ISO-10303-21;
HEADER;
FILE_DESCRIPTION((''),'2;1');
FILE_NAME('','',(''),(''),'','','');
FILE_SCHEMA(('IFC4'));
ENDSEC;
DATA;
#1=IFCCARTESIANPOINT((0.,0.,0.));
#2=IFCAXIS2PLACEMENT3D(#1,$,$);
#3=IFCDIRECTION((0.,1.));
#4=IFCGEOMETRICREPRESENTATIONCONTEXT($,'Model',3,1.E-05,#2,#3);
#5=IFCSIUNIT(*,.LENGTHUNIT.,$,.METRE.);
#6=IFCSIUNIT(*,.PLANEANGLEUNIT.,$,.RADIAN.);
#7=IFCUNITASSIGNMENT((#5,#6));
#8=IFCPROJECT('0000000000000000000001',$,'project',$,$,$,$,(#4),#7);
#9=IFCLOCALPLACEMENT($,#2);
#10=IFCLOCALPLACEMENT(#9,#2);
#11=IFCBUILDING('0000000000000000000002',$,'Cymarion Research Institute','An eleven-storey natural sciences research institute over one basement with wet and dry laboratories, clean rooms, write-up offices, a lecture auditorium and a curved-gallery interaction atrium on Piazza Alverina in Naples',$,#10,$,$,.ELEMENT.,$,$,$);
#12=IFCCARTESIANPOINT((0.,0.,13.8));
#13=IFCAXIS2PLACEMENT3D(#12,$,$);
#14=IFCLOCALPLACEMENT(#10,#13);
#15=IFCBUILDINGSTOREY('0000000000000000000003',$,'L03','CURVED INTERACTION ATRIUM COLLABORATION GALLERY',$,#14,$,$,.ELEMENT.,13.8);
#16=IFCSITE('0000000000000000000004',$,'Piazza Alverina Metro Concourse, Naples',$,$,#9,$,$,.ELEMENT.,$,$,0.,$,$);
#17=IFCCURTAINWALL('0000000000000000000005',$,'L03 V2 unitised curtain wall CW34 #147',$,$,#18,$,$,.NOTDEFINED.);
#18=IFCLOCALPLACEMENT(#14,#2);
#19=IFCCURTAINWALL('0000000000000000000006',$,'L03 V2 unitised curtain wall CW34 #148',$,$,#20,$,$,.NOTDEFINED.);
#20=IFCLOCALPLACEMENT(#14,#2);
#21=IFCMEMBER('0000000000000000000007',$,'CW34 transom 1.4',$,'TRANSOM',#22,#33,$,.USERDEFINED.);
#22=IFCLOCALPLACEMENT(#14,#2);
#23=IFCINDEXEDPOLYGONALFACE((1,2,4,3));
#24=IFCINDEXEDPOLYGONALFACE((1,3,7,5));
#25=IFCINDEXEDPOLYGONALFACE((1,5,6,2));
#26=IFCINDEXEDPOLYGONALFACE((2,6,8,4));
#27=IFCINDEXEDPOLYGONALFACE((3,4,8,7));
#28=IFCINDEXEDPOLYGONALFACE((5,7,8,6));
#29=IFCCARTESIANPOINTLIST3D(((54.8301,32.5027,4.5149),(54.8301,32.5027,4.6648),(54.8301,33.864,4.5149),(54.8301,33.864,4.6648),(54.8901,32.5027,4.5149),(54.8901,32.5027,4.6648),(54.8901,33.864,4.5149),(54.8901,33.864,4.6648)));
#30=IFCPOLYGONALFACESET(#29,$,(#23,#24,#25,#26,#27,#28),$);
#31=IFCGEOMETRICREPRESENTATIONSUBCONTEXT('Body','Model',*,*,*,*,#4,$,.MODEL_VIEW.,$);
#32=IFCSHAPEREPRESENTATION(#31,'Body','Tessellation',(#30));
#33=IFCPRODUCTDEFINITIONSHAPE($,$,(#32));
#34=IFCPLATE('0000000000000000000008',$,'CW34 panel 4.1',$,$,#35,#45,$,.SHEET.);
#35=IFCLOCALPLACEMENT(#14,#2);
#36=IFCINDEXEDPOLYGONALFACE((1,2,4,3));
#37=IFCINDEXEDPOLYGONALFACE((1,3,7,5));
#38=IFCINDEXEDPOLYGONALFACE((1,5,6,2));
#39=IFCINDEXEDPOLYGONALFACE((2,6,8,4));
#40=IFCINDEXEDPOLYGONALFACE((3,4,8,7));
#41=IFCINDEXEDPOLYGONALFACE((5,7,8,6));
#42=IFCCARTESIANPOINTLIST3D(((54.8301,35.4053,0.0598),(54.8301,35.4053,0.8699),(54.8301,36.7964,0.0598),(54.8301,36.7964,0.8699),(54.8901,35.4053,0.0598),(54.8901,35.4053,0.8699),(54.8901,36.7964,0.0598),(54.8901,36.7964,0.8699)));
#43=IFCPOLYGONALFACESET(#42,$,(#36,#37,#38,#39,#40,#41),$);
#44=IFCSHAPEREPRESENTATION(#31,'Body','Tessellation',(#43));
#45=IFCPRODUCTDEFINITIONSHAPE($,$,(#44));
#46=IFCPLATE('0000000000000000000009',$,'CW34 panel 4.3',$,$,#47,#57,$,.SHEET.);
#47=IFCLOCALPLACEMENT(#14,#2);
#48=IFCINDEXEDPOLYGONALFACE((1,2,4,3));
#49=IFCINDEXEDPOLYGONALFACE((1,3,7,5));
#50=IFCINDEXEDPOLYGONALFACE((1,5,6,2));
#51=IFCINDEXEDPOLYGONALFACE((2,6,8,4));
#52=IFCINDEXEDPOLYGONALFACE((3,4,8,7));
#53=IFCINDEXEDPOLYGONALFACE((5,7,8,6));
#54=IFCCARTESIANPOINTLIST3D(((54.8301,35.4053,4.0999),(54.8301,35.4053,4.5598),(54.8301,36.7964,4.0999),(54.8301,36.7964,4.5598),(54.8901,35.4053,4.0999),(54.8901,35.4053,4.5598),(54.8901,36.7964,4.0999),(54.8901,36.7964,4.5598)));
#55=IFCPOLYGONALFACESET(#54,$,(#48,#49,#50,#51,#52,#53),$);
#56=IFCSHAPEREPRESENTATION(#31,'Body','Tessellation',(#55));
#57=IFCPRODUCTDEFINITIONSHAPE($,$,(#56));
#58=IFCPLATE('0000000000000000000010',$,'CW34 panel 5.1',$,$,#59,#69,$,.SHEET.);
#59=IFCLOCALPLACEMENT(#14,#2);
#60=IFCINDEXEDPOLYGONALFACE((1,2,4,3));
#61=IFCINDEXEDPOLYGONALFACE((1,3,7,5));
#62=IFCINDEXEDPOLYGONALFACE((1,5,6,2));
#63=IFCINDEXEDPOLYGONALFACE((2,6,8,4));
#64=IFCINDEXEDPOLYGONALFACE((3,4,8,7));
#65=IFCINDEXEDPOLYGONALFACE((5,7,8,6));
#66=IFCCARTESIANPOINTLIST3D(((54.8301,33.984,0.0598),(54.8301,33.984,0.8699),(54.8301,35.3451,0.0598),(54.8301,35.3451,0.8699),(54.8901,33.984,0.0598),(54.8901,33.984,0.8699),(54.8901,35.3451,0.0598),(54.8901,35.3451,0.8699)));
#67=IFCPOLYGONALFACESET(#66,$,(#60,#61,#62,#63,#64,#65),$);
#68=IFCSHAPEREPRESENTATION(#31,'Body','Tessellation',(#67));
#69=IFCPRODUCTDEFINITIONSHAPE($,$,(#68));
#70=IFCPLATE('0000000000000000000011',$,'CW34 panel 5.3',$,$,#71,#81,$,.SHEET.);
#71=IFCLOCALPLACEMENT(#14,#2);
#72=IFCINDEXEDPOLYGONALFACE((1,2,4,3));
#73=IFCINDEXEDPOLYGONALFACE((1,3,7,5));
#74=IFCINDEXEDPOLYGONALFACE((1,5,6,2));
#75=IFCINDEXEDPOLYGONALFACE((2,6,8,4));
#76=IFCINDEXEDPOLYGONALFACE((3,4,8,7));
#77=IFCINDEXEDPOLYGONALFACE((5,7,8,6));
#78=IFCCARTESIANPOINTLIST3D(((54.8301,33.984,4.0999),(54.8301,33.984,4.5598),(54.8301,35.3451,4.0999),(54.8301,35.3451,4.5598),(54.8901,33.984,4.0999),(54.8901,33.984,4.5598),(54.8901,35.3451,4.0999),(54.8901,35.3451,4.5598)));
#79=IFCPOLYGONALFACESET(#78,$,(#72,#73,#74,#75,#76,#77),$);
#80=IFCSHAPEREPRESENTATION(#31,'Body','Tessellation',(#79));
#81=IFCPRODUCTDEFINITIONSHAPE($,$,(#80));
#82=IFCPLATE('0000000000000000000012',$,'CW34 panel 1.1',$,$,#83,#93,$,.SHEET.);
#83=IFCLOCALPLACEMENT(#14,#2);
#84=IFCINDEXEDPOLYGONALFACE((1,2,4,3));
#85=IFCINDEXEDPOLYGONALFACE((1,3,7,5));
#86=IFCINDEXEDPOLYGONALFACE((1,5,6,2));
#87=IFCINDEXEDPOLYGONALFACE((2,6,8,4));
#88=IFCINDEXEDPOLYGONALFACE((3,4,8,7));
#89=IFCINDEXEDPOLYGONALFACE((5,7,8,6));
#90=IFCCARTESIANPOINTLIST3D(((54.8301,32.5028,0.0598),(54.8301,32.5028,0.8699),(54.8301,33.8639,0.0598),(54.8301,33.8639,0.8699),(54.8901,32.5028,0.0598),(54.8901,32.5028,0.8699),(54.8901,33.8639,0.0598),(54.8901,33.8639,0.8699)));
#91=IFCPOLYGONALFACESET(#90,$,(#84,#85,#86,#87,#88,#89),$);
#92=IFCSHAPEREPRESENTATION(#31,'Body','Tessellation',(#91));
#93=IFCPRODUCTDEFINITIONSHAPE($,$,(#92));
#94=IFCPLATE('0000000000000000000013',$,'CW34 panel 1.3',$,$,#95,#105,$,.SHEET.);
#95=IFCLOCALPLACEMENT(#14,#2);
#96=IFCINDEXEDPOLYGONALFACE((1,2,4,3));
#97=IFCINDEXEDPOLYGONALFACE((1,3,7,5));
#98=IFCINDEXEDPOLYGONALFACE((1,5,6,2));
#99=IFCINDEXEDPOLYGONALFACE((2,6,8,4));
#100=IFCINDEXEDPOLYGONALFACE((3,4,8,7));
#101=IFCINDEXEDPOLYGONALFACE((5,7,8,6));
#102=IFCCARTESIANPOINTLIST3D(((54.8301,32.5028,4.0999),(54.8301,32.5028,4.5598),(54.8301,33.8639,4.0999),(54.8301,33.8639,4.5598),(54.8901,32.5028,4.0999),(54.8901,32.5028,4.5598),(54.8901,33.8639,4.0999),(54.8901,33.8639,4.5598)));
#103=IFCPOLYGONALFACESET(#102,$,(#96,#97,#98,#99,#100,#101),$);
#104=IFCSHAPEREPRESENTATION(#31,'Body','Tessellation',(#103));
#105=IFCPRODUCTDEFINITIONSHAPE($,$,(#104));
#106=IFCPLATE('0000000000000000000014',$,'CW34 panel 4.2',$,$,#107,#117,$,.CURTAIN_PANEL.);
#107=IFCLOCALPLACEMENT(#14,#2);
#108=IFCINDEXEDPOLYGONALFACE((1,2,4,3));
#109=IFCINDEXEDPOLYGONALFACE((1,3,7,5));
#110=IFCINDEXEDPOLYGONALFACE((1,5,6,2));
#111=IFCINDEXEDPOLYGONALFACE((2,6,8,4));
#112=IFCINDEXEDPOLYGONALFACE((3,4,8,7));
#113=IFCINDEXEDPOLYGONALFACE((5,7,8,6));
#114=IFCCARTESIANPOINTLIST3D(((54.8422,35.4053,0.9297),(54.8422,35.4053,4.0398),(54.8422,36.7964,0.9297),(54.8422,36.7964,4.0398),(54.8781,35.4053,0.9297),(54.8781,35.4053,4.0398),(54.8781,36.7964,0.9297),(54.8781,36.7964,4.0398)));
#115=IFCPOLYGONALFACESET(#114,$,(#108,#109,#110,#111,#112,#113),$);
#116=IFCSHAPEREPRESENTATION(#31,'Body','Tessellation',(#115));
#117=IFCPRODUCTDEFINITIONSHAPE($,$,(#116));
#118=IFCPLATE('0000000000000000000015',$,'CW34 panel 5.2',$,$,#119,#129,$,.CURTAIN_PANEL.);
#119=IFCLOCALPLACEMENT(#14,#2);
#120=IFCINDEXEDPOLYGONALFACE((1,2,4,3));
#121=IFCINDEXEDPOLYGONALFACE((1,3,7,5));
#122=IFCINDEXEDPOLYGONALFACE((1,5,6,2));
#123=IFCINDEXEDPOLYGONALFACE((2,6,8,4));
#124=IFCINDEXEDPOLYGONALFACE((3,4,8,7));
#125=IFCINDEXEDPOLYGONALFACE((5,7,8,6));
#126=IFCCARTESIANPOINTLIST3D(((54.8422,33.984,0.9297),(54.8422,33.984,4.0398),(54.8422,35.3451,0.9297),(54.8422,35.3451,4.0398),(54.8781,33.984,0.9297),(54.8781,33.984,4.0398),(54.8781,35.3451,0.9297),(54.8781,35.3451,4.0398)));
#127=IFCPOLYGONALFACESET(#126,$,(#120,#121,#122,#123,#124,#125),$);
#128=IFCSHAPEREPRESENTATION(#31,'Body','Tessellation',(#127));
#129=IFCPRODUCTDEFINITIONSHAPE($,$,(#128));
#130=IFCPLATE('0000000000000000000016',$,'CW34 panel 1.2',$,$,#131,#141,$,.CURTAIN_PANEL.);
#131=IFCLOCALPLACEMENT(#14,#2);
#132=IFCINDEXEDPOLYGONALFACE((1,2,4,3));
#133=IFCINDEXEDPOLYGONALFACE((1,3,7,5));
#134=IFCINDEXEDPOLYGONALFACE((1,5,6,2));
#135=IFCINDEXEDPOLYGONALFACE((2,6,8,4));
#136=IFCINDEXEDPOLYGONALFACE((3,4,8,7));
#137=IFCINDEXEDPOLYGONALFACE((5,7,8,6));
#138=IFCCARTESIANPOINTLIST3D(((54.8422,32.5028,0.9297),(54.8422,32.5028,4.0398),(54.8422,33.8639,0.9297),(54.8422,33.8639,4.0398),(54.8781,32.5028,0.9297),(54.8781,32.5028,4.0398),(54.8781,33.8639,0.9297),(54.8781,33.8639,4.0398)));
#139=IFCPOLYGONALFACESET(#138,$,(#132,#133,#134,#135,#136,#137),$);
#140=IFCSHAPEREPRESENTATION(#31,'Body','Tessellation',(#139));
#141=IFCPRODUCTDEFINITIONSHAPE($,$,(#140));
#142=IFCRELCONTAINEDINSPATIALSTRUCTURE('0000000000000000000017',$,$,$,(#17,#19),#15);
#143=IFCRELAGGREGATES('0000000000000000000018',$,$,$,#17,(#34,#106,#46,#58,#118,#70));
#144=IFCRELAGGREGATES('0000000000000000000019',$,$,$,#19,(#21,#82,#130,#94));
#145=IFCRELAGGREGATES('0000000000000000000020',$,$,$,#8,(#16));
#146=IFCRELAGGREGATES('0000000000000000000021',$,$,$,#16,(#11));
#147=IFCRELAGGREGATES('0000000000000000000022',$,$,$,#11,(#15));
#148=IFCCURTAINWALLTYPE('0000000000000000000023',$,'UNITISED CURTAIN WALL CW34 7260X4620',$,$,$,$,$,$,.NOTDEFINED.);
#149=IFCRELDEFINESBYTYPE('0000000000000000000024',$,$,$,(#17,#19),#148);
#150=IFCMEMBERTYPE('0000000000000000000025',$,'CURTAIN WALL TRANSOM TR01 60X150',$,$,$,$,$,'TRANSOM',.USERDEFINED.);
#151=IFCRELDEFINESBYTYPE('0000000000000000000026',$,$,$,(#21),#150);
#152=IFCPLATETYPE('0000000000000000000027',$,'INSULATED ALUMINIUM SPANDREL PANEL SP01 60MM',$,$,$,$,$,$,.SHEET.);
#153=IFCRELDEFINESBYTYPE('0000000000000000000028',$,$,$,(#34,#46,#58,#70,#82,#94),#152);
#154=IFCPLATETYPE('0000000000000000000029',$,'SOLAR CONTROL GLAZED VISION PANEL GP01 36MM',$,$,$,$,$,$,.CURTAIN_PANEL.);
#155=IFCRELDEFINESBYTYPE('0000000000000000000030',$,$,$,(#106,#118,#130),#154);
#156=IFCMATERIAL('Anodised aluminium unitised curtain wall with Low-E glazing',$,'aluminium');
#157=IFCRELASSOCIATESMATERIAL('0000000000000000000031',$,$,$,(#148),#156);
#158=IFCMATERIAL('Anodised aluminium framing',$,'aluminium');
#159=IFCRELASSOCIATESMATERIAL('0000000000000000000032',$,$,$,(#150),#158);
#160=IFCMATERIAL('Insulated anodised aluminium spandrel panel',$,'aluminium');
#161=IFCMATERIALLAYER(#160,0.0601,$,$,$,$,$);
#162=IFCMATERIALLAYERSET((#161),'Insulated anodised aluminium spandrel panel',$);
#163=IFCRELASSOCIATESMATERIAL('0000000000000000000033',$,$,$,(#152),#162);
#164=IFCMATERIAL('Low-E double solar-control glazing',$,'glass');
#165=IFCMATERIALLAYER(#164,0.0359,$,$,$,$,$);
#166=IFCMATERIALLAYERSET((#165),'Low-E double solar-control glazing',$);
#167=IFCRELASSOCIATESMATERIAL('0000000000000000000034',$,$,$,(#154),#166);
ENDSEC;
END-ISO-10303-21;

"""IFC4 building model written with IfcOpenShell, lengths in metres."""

from ifc_helpers import new_model, si_unit, direction, frame, origin, origin_2d, place, context, subcontext, project, spatial, rectangle, extrude, material, layer, layer_set, material_profile, profile_set, type_object, element, aggregate, save


model = new_model("IFC4")

# Units and contexts
model_context = context("Model", 3, precision=1e-05, world=origin(), true_north=direction((0.0, 1.0)))
body_context = subcontext(model_context, "Body", "Model", "MODEL_VIEW")
ifc_project = project(units=[si_unit("LENGTHUNIT", "METRE"), si_unit("PLANEANGLEUNIT", "RADIAN")], contexts=[model_context])

# Site, building, storey
site_placement = place(None, origin())
site = spatial("IfcSite", under=ifc_project, at=site_placement, Name="Piazza Alverina Metro Concourse, Naples", CompositionType="ELEMENT", RefElevation=0.0)
building_placement = place(site_placement, origin())
building = spatial("IfcBuilding", under=site, at=building_placement, Name="Cymarion Research Institute", Description="An eleven-storey natural sciences research institute over one basement with wet and dry laboratories, clean rooms, write-up offices, a lecture auditorium and a curved-gallery interaction atrium on Piazza Alverina in Naples", CompositionType="ELEMENT")
storey_placement = place(building_placement, frame((0.0, 0.0, 13.8)))
storey = spatial("IfcBuildingStorey", under=building, at=storey_placement, Name="L03", Description="CURVED INTERACTION ATRIUM COLLABORATION GALLERY", CompositionType="ELEMENT", Elevation=13.8)

# Curtain walls
ifc_material_1 = material(Name="Anodised aluminium unitised curtain wall with Low-E glazing", Category="aluminium")
curtain_wall_type = type_object("IfcCurtainWallType", Name="UNITISED CURTAIN WALL CW34 7260X4620", PredefinedType="NOTDEFINED", material=ifc_material_1)
curtain_wall_1_placement = place(storey_placement, origin())
curtain_wall_1 = element("IfcCurtainWall", 1, at=curtain_wall_1_placement, inside=storey, type_object=curtain_wall_type, Name="L03 V2 unitised curtain wall CW34 #147", PredefinedType="NOTDEFINED")
ifc_material_2 = material(Name="Anodised aluminium framing", Category="aluminium")
curtain_wall_2_placement = place(storey_placement, origin())
curtain_wall_2 = element("IfcCurtainWall", 2, at=curtain_wall_2_placement, inside=storey, type_object=curtain_wall_type, Name="L03 V2 unitised curtain wall CW34 #148", PredefinedType="NOTDEFINED")

# Member
ifc_material_profile_1 = material_profile(ifc_material_2, rectangle(XDim=0.0601, YDim=0.1499, at=origin_2d()), Name="ALU TRANSOM 60x150")
ifc_profile_set_1 = profile_set([ifc_material_profile_1], Name="Anodised aluminium framing")
member_type_1 = type_object("IfcMemberType", Name="CURTAIN WALL TRANSOM TR01 60X150", ElementType="TRANSOM", PredefinedType="USERDEFINED", material=ifc_profile_set_1)
member_1_placement = place(storey_placement, frame((54.8601, 33.864, 4.5898), z_axis=(0.0, -1.0, 0.0), x_axis=(1.0, 0.0, 0.0)))
member_1 = element("IfcMember", 3, at=member_1_placement, type_object=member_type_1, Name="CW34 transom 1.4", ObjectType="TRANSOM", PredefinedType="USERDEFINED", context=body_context, shape_type="SweptSolid", body=[
    extrude(rectangle(XDim=0.0601, YDim=0.1499, at=origin_2d()), origin(), (0.0, 0.0, 1.0), 1.3613),
])

# Plates
ifc_material_3 = material(Name="Insulated anodised aluminium spandrel panel", Category="aluminium")
ifc_layer_1 = layer(ifc_material_3, 0.0601)
ifc_layer_set_1 = layer_set([ifc_layer_1], Name="Insulated anodised aluminium spandrel panel")
plate_type_1 = type_object("IfcPlateType", Name="INSULATED ALUMINIUM SPANDREL PANEL SP01 60MM", PredefinedType="SHEET", material=ifc_layer_set_1)
plate_1_placement = place(storey_placement, frame((54.8601, 36.1008, 0.0598), z_axis=(0.0, 0.0, 1.0), x_axis=(0.0, -1.0, 0.0)))
plate_1 = element("IfcPlate", 4, at=plate_1_placement, type_object=plate_type_1, Name="CW34 panel 4.1", PredefinedType="SHEET", context=body_context, shape_type="SweptSolid", body=[
    extrude(rectangle(XDim=1.3911, YDim=0.0601, at=origin_2d()), origin(), (0.0, 0.0, 1.0), 0.8101),
])
plate_2_placement = place(storey_placement, frame((54.8601, 36.1008, 4.0999), z_axis=(0.0, 0.0, 1.0), x_axis=(0.0, -1.0, 0.0)))
plate_2 = element("IfcPlate", 5, at=plate_2_placement, type_object=plate_type_1, Name="CW34 panel 4.3", PredefinedType="SHEET", context=body_context, shape_type="SweptSolid", body=[
    extrude(rectangle(XDim=1.3911, YDim=0.0601, at=origin_2d()), origin(), (0.0, 0.0, 1.0), 0.46),
])
plate_3_placement = place(storey_placement, frame((54.8601, 34.6646, 0.0598), z_axis=(0.0, 0.0, 1.0), x_axis=(0.0, -1.0, 0.0)))
plate_3 = element("IfcPlate", 6, at=plate_3_placement, type_object=plate_type_1, Name="CW34 panel 5.1", PredefinedType="SHEET", context=body_context, shape_type="SweptSolid", body=[
    extrude(rectangle(XDim=1.3611, YDim=0.0601, at=origin_2d()), origin(), (0.0, 0.0, 1.0), 0.8101),
])
plate_4_placement = place(storey_placement, frame((54.8601, 34.6646, 4.0999), z_axis=(0.0, 0.0, 1.0), x_axis=(0.0, -1.0, 0.0)))
plate_4 = element("IfcPlate", 7, at=plate_4_placement, type_object=plate_type_1, Name="CW34 panel 5.3", PredefinedType="SHEET", context=body_context, shape_type="SweptSolid", body=[
    extrude(rectangle(XDim=1.3611, YDim=0.0601, at=origin_2d()), origin(), (0.0, 0.0, 1.0), 0.46),
])
plate_5_placement = place(storey_placement, frame((54.8601, 33.1833, 0.0598), z_axis=(0.0, 0.0, 1.0), x_axis=(0.0, -1.0, 0.0)))
plate_5 = element("IfcPlate", 8, at=plate_5_placement, type_object=plate_type_1, Name="CW34 panel 1.1", PredefinedType="SHEET", context=body_context, shape_type="SweptSolid", body=[
    extrude(rectangle(XDim=1.3611, YDim=0.0601, at=origin_2d()), origin(), (0.0, 0.0, 1.0), 0.8101),
])
plate_6_placement = place(storey_placement, frame((54.8601, 33.1833, 4.0999), z_axis=(0.0, 0.0, 1.0), x_axis=(0.0, -1.0, 0.0)))
plate_6 = element("IfcPlate", 9, at=plate_6_placement, type_object=plate_type_1, Name="CW34 panel 1.3", PredefinedType="SHEET", context=body_context, shape_type="SweptSolid", body=[
    extrude(rectangle(XDim=1.3611, YDim=0.0601, at=origin_2d()), origin(), (0.0, 0.0, 1.0), 0.46),
])
ifc_material_4 = material(Name="Low-E double solar-control glazing", Category="glass")
ifc_layer_2 = layer(ifc_material_4, 0.0359)
ifc_layer_set_2 = layer_set([ifc_layer_2], Name="Low-E double solar-control glazing")
plate_type_2 = type_object("IfcPlateType", Name="SOLAR CONTROL GLAZED VISION PANEL GP01 36MM", PredefinedType="CURTAIN_PANEL", material=ifc_layer_set_2)
plate_7_placement = place(storey_placement, frame((54.8601, 36.1008, 0.9297), z_axis=(0.0, 0.0, 1.0), x_axis=(0.0, -1.0, 0.0)))
plate_7 = element("IfcPlate", 10, at=plate_7_placement, type_object=plate_type_2, Name="CW34 panel 4.2", PredefinedType="CURTAIN_PANEL", context=body_context, shape_type="SweptSolid", body=[
    extrude(rectangle(XDim=1.3911, YDim=0.0359, at=origin_2d()), origin(), (0.0, 0.0, 1.0), 3.1101),
])
plate_8_placement = place(storey_placement, frame((54.8601, 34.6646, 0.9297), z_axis=(0.0, 0.0, 1.0), x_axis=(0.0, -1.0, 0.0)))
plate_8 = element("IfcPlate", 11, at=plate_8_placement, type_object=plate_type_2, Name="CW34 panel 5.2", PredefinedType="CURTAIN_PANEL", context=body_context, shape_type="SweptSolid", body=[
    extrude(rectangle(XDim=1.3611, YDim=0.0359, at=origin_2d()), origin(), (0.0, 0.0, 1.0), 3.1101),
])
aggregate(curtain_wall_1, [plate_1, plate_7, plate_2, plate_3, plate_8, plate_4])
plate_9_placement = place(storey_placement, frame((54.8601, 33.1833, 0.9297), z_axis=(0.0, 0.0, 1.0), x_axis=(0.0, -1.0, 0.0)))
plate_9 = element("IfcPlate", 12, at=plate_9_placement, type_object=plate_type_2, Name="CW34 panel 1.2", PredefinedType="CURTAIN_PANEL", context=body_context, shape_type="SweptSolid", body=[
    extrude(rectangle(XDim=1.3611, YDim=0.0359, at=origin_2d()), origin(), (0.0, 0.0, 1.0), 3.1101),
])
aggregate(curtain_wall_2, [member_1, plate_5, plate_9, plate_6])

save(model, "model.ifc")
